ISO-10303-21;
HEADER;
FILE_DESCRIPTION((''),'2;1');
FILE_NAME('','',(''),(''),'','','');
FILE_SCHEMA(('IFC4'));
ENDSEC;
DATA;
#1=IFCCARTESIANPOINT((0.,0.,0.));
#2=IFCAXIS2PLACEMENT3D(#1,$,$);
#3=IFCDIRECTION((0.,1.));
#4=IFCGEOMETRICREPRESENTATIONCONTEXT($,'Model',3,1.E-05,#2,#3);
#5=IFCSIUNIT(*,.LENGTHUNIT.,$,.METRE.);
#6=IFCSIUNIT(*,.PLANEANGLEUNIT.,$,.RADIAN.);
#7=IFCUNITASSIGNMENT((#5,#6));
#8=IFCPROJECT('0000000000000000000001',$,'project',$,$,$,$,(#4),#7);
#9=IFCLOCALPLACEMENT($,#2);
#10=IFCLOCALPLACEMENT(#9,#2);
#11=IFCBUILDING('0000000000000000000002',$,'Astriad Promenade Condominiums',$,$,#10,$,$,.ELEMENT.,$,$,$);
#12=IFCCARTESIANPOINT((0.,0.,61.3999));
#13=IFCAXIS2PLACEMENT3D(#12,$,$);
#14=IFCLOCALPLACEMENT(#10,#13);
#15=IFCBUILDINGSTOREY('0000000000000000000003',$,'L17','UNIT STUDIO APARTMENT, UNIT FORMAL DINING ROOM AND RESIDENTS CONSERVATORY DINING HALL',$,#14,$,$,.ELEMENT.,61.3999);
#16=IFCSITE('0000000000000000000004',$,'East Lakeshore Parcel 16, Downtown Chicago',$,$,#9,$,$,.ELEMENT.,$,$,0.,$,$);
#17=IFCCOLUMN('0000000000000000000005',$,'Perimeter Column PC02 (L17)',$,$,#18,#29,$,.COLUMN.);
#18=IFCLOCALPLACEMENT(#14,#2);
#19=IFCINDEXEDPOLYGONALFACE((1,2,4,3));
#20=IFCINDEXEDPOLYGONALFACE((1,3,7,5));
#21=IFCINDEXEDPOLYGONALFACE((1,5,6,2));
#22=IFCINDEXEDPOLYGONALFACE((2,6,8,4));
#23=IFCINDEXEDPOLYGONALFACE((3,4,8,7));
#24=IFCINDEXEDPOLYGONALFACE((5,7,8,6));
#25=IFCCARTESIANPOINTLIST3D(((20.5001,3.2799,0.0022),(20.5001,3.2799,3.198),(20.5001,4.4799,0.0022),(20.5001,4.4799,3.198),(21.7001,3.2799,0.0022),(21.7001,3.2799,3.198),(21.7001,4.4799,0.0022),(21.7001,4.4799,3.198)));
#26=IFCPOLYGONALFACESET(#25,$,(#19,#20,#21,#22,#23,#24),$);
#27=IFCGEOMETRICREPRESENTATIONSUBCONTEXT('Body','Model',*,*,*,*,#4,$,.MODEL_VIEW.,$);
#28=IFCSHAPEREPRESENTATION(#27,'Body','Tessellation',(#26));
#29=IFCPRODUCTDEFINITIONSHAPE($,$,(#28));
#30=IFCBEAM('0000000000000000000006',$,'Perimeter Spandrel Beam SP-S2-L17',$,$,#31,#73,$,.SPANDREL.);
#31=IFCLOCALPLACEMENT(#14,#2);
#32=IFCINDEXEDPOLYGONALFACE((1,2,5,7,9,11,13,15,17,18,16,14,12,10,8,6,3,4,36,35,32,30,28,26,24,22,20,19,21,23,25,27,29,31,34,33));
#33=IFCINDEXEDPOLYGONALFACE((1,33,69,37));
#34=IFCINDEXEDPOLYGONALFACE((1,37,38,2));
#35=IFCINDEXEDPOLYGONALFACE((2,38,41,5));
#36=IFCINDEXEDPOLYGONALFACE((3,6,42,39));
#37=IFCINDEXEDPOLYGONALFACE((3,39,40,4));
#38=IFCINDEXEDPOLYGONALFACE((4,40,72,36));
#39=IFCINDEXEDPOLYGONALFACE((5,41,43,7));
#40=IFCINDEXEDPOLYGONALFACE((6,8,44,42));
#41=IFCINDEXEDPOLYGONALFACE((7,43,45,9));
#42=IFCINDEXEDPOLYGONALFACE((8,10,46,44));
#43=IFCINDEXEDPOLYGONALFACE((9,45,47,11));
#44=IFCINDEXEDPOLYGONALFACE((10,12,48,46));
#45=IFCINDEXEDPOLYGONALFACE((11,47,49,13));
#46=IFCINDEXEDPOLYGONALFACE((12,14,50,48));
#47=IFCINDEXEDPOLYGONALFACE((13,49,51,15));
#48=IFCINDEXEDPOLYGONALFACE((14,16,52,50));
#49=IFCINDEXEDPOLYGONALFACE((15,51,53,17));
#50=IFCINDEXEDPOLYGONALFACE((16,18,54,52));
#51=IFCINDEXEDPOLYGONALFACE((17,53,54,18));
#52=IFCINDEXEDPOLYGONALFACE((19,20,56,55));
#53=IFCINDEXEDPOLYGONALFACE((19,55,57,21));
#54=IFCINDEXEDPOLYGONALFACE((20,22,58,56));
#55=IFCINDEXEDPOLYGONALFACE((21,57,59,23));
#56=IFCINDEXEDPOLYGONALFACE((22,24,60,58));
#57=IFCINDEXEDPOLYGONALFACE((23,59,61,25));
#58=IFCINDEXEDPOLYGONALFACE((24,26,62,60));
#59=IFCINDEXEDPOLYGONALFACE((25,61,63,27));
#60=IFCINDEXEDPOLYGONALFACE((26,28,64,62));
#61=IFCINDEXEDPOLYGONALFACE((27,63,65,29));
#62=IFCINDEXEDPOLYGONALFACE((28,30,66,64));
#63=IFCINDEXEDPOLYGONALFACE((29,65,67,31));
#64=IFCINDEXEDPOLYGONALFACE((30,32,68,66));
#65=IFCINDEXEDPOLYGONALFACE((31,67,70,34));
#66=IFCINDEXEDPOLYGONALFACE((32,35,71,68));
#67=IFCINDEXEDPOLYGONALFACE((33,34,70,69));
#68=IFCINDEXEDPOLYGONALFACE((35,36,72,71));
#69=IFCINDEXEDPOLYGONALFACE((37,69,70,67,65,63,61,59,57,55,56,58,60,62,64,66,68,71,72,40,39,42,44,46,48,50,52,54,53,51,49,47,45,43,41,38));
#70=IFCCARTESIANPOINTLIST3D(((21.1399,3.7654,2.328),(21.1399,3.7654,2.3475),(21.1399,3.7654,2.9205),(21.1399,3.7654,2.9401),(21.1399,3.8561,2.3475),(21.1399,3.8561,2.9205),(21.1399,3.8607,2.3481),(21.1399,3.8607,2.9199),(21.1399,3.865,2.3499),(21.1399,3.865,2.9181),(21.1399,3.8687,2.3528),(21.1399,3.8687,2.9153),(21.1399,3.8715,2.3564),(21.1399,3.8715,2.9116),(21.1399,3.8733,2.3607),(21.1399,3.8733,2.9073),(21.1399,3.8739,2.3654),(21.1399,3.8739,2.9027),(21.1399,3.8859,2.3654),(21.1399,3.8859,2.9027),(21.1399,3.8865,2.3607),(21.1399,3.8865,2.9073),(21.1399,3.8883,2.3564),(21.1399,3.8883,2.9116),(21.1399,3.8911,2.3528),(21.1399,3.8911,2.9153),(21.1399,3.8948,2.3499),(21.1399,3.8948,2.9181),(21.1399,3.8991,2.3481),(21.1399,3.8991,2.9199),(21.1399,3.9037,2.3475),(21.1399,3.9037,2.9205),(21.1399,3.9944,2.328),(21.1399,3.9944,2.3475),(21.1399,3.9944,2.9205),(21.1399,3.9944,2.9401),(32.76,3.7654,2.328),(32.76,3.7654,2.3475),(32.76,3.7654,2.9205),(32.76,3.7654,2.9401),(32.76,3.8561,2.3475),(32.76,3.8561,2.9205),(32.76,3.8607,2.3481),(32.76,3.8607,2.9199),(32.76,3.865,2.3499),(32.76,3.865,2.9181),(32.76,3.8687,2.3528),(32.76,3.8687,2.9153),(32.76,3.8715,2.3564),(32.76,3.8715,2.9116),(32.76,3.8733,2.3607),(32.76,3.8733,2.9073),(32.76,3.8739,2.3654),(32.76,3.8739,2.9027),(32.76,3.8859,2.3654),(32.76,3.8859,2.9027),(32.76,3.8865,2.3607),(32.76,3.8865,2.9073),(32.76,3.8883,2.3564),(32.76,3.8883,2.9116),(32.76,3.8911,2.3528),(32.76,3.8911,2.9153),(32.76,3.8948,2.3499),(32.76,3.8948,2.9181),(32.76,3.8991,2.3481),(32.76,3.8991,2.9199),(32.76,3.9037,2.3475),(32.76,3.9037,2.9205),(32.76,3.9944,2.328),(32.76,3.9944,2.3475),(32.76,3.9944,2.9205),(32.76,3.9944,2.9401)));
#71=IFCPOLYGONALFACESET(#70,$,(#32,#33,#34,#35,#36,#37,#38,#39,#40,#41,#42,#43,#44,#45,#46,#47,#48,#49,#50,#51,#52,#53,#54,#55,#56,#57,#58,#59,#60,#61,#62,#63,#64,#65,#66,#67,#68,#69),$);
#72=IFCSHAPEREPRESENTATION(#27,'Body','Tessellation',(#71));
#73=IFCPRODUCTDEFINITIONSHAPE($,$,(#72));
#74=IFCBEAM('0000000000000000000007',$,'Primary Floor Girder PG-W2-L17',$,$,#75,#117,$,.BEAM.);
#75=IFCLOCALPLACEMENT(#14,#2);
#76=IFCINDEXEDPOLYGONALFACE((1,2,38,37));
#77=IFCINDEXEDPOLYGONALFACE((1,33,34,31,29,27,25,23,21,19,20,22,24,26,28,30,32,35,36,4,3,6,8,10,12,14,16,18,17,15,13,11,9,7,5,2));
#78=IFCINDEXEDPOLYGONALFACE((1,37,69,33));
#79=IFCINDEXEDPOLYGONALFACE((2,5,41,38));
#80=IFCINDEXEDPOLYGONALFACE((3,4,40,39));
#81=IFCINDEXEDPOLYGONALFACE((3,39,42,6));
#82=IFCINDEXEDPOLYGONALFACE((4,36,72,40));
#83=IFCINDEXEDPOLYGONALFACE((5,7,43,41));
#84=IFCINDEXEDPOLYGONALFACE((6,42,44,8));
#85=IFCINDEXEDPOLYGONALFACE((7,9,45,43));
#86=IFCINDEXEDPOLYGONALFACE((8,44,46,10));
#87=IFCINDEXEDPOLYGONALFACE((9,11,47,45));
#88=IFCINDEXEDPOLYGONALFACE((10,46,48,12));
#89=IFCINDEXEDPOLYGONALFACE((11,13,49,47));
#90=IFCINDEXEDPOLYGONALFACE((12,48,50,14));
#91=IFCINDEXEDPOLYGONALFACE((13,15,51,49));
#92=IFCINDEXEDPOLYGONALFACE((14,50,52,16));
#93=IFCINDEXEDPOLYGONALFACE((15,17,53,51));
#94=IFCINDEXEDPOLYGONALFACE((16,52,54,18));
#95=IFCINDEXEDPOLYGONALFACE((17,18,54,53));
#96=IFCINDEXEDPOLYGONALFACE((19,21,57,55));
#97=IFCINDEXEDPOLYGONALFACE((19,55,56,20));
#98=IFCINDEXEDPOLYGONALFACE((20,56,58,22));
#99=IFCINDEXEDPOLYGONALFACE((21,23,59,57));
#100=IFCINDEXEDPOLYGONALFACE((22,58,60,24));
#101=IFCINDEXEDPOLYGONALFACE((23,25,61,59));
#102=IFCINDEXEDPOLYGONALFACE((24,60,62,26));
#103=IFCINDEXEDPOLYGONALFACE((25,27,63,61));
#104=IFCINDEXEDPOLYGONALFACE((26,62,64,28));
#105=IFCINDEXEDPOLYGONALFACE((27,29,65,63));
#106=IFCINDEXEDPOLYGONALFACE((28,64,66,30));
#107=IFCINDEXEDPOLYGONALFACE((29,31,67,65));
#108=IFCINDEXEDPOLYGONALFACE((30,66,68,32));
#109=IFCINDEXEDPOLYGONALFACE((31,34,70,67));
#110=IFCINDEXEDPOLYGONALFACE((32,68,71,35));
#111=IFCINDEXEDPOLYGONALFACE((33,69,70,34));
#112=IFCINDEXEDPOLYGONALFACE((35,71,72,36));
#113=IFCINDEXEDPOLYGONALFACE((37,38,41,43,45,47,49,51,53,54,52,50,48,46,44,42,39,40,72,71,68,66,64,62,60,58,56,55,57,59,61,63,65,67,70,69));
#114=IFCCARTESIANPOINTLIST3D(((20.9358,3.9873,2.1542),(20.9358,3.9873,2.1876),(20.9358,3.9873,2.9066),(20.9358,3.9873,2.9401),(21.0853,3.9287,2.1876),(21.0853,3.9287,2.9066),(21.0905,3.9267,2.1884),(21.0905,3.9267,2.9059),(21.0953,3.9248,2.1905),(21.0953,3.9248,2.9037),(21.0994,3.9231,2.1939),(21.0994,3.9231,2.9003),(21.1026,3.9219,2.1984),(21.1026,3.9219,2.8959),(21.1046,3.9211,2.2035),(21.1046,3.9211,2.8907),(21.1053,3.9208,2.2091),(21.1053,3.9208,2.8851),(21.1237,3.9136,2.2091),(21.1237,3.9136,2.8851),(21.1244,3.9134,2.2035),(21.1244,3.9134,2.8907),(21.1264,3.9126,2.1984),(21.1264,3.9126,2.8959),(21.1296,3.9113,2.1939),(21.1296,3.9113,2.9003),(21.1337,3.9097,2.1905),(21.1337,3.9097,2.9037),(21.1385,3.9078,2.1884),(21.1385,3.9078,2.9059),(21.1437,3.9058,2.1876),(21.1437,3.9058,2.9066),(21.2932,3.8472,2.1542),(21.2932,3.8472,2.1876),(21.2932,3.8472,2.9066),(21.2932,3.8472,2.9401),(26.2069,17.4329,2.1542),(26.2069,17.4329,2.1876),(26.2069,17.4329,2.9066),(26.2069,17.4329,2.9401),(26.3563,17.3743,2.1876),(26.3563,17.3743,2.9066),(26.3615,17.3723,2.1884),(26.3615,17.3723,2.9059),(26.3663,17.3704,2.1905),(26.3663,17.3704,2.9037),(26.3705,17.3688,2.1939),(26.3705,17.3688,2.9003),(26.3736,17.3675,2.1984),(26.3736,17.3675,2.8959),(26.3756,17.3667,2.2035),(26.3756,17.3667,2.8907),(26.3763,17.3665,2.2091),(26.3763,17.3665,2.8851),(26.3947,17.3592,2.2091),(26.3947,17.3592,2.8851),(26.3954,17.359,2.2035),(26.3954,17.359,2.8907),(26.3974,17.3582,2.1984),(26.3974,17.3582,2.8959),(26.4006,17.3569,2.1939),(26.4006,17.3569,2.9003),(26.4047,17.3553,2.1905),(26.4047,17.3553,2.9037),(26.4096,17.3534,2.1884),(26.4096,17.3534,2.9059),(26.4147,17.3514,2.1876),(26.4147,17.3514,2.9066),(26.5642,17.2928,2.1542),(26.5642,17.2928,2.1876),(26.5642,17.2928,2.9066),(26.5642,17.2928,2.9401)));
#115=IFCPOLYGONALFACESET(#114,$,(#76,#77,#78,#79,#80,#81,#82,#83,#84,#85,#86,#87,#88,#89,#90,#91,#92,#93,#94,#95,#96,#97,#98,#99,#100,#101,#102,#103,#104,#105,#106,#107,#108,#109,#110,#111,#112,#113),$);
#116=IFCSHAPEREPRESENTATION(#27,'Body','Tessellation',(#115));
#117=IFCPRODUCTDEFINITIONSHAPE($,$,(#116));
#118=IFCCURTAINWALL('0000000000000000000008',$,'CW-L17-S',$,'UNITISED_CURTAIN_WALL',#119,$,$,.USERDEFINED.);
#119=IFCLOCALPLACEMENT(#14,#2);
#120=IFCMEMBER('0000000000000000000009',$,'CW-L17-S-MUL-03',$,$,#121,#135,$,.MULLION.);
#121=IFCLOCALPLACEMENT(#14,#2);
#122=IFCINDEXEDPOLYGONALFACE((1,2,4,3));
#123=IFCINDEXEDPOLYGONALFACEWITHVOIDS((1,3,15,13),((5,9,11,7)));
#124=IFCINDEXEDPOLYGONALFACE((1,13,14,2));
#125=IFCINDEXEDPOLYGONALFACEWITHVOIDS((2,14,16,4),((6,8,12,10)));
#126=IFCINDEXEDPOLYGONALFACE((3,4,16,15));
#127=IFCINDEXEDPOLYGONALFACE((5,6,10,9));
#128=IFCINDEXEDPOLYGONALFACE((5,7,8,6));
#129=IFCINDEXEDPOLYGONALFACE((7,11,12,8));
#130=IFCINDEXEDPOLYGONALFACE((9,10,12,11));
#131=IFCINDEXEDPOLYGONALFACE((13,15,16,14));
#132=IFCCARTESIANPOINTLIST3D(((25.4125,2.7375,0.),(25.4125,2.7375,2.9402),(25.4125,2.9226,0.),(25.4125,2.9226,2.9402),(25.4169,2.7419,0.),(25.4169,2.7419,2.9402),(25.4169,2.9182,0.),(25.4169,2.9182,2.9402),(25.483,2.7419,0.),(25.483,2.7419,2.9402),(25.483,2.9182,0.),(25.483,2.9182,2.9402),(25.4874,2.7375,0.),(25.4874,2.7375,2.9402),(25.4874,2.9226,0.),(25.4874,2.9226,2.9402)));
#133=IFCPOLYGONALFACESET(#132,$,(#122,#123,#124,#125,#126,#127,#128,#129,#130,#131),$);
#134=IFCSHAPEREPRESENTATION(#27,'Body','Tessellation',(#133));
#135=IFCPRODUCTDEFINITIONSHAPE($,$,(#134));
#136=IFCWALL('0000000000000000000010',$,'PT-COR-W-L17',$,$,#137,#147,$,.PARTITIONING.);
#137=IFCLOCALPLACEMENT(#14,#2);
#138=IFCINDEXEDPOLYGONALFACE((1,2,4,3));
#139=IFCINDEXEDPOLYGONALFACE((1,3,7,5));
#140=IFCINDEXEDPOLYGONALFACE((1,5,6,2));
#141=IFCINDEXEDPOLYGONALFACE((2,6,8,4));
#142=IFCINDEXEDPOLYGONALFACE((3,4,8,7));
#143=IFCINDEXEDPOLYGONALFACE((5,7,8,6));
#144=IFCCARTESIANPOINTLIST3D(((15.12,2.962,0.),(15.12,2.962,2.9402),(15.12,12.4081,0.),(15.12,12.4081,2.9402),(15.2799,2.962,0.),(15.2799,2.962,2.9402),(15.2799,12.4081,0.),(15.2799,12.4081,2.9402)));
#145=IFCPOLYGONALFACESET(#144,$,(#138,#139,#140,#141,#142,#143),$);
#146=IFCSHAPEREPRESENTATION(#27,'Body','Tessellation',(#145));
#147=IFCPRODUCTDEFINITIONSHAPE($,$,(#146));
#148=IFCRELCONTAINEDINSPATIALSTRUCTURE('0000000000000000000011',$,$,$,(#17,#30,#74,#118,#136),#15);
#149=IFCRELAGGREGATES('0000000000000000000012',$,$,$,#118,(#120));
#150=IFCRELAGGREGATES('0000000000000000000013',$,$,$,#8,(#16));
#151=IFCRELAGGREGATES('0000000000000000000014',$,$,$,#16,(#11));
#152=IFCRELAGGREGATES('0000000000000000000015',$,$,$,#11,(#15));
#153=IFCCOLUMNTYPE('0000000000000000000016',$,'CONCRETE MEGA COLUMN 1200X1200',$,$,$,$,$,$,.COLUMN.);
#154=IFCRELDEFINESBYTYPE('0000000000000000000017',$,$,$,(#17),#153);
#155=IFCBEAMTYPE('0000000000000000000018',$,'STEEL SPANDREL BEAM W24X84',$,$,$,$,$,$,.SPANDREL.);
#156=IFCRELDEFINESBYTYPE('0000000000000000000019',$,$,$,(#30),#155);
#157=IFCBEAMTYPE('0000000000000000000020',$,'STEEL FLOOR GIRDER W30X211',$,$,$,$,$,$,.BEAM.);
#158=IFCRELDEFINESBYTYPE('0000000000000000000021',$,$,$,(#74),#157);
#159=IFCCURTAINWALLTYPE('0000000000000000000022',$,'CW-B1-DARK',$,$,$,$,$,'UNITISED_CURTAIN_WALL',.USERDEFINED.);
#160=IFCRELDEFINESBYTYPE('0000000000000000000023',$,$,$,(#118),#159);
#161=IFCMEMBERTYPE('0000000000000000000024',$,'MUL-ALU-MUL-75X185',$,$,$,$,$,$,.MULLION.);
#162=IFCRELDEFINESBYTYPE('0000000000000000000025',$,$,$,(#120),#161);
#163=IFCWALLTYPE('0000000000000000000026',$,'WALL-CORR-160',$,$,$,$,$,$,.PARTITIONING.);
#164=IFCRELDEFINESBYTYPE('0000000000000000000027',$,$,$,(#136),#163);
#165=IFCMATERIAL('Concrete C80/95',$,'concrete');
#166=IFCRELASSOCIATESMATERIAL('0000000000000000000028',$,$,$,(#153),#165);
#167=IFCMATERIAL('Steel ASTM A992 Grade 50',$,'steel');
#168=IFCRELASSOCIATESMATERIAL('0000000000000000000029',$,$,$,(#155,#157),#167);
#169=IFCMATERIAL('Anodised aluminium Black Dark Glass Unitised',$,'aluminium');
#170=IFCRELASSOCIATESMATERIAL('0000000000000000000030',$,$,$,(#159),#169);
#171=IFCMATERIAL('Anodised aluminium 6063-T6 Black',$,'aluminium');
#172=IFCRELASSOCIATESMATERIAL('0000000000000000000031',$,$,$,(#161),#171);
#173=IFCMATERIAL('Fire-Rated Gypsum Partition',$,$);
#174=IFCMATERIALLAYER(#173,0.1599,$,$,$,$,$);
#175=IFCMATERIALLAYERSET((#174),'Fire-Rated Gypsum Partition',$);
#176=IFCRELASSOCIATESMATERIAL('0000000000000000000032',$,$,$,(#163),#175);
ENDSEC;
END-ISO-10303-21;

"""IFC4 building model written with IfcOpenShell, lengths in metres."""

from ifc_helpers import new_model, si_unit, direction, frame, frame_2d, origin, origin_2d, place, context, subcontext, project, spatial, rectangle, hollow_rectangle, i_section, extrude, source, transform, mapped, material, layer, layer_set, material_profile, profile_set, type_object, type_shapes, element, aggregate, save


model = new_model("IFC4")

# Units and contexts
model_context = context("Model", 3, precision=1e-05, world=origin(), true_north=direction((0.0, 1.0)))
body_context = subcontext(model_context, "Body", "Model", "MODEL_VIEW")
ifc_project = project(units=[si_unit("LENGTHUNIT", "METRE"), si_unit("PLANEANGLEUNIT", "RADIAN")], contexts=[model_context])

# Site, building, storey
site_placement = place(None, origin())
site = spatial("IfcSite", under=ifc_project, at=site_placement, Name="East Lakeshore Parcel 16, Downtown Chicago", CompositionType="ELEMENT", RefElevation=0.0)
building_placement = place(site_placement, origin())
building = spatial("IfcBuilding", under=site, at=building_placement, Name="Astriad Promenade Condominiums", CompositionType="ELEMENT")
storey_placement = place(building_placement, frame((0.0, 0.0, 61.3999)))
storey = spatial("IfcBuildingStorey", under=building, at=storey_placement, Name="L17", Description="UNIT STUDIO APARTMENT, UNIT FORMAL DINING ROOM AND RESIDENTS CONSERVATORY DINING HALL", CompositionType="ELEMENT", Elevation=61.3999)

# Column
ifc_material_1 = material(Name="Concrete C80/95", Category="concrete")
ifc_material_profile_1 = material_profile(ifc_material_1, rectangle(XDim=1.2, YDim=1.2, at=origin_2d()), Name="RC-COL-1200X1200")
ifc_profile_set_1 = profile_set([ifc_material_profile_1], Name="Concrete C80/95")
column_type = type_object("IfcColumnType", Name="CONCRETE MEGA COLUMN 1200X1200", PredefinedType="COLUMN", material=ifc_profile_set_1)
shared_shape_1 = source(origin(), body_context, "Body", "SweptSolid", [
    extrude(rectangle(XDim=1.2, YDim=1.2, at=origin_2d()), origin(), (0.0, 0.0, 1.0), 3.1958),
])
type_shapes(column_type, [shared_shape_1])
column_placement = place(storey_placement, frame((21.1001, 3.8799, 0.0022), z_axis=(0.0, 0.0, 1.0), x_axis=(1.0, 0.0, 0.0)))
element("IfcColumn", 1, at=column_placement, inside=storey, type_object=column_type, Name="Perimeter Column PC02 (L17)", PredefinedType="COLUMN", context=body_context, shape_type="MappedRepresentation", body=[
    mapped(shared_shape_1, transform((0.0, 0.0, 0.0), scale=1.0)),
])

# Beams
ifc_material_2 = material(Name="Steel ASTM A992 Grade 50", Category="steel")
ifc_material_profile_2 = material_profile(ifc_material_2, i_section(OverallWidth=0.229, OverallDepth=0.6121, WebThickness=0.012, FlangeThickness=0.0195, FilletRadius=0.0178, at=origin_2d()), Name="W24X84")
ifc_profile_set_2 = profile_set([ifc_material_profile_2], Name="Steel ASTM A992 Grade 50")
beam_type_1 = type_object("IfcBeamType", Name="STEEL SPANDREL BEAM W24X84", PredefinedType="SPANDREL", material=ifc_profile_set_2)
shared_shape_2 = source(origin(), body_context, "Body", "SweptSolid", [
    extrude(i_section(OverallWidth=0.229, OverallDepth=0.6121, WebThickness=0.012, FlangeThickness=0.0195, FilletRadius=0.0178, at=origin_2d()), origin(), (0.0, 0.0, 1.0), 11.6201),
])
type_shapes(beam_type_1, [shared_shape_2])
beam_1_placement = place(storey_placement, frame((21.1399, 3.8799, 2.634), z_axis=(1.0, 0.0, 0.0), x_axis=(0.0, 1.0, 0.0)))
element("IfcBeam", 2, at=beam_1_placement, inside=storey, type_object=beam_type_1, Name="Perimeter Spandrel Beam SP-S2-L17", PredefinedType="SPANDREL", context=body_context, shape_type="MappedRepresentation", body=[
    mapped(shared_shape_2, transform((0.0, 0.0, 0.0), scale=1.0)),
])
ifc_material_profile_3 = material_profile(ifc_material_2, i_section(OverallWidth=0.3838, OverallDepth=0.7859, WebThickness=0.0198, FlangeThickness=0.0334, FilletRadius=0.0215, at=origin_2d()), Name="W30X211")
ifc_profile_set_3 = profile_set([ifc_material_profile_3], Name="Steel ASTM A992 Grade 50")
beam_type_2 = type_object("IfcBeamType", Name="STEEL FLOOR GIRDER W30X211", PredefinedType="BEAM", material=ifc_profile_set_3)
shared_shape_3 = source(origin(), body_context, "Body", "SweptSolid", [
    extrude(i_section(OverallWidth=0.3838, OverallDepth=0.7859, WebThickness=0.0198, FlangeThickness=0.0334, FilletRadius=0.0215, at=origin_2d()), origin(), (0.0, 0.0, 1.0), 14.4419),
])
type_shapes(beam_type_2, [shared_shape_3])
beam_2_placement = place(storey_placement, frame((21.1145, 3.9172, 2.5471), z_axis=(0.364981, 0.931015, 0.0), x_axis=(-0.931015, 0.364981, 0.0)))
element("IfcBeam", 3, at=beam_2_placement, inside=storey, type_object=beam_type_2, Name="Primary Floor Girder PG-W2-L17", PredefinedType="BEAM", context=body_context, shape_type="MappedRepresentation", body=[
    mapped(shared_shape_3, transform((0.0, 0.0, 0.0), scale=1.0)),
])

# Curtain wall, member
ifc_material_3 = material(Name="Anodised aluminium Black Dark Glass Unitised", Category="aluminium")
curtain_wall_type = type_object("IfcCurtainWallType", Name="CW-B1-DARK", ElementType="UNITISED_CURTAIN_WALL", PredefinedType="USERDEFINED", material=ifc_material_3)
curtain_wall_placement = place(storey_placement, origin())
curtain_wall = element("IfcCurtainWall", 4, at=curtain_wall_placement, inside=storey, type_object=curtain_wall_type, Name="CW-L17-S", ObjectType="UNITISED_CURTAIN_WALL", PredefinedType="USERDEFINED")
ifc_material_4 = material(Name="Anodised aluminium 6063-T6 Black", Category="aluminium")
ifc_material_profile_4 = material_profile(ifc_material_4, hollow_rectangle(XDim=0.075, YDim=0.1851, WallThickness=0.0044, at=origin_2d()), Name="ALU-MUL-75X185")
ifc_profile_set_4 = profile_set([ifc_material_profile_4], Name="Anodised aluminium 6063-T6 Black")
member_type = type_object("IfcMemberType", Name="MUL-ALU-MUL-75X185", PredefinedType="MULLION", material=ifc_profile_set_4)
shared_shape_4 = source(origin(), body_context, "Body", "SweptSolid", [
    extrude(hollow_rectangle(XDim=0.075, YDim=0.1851, WallThickness=0.0044, at=origin_2d()), origin(), (0.0, 0.0, 1.0), 2.9402),
])
type_shapes(member_type, [shared_shape_4])
member_placement = place(storey_placement, frame((25.45, 2.8301, 0.0), z_axis=(0.0, 0.0, 1.0), x_axis=(1.0, 0.0, 0.0)))
member = element("IfcMember", 5, at=member_placement, type_object=member_type, Name="CW-L17-S-MUL-03", PredefinedType="MULLION", context=body_context, shape_type="MappedRepresentation", body=[
    mapped(shared_shape_4, transform((0.0, 0.0, 0.0), scale=1.0)),
])
aggregate(curtain_wall, [member])

# Wall
ifc_material_5 = material(Name="Fire-Rated Gypsum Partition")
ifc_layer_1 = layer(ifc_material_5, 0.1599)
ifc_layer_set_1 = layer_set([ifc_layer_1], Name="Fire-Rated Gypsum Partition")
wall_type_1 = type_object("IfcWallType", Name="WALL-CORR-160", PredefinedType="PARTITIONING", material=ifc_layer_set_1)
wall_1_placement = place(storey_placement, frame((15.2, 2.9619, 0.0), z_axis=(0.0, 0.0, 1.0), x_axis=(0.0, 1.0, 0.0)))
element("IfcWall", 6, at=wall_1_placement, inside=storey, type_object=wall_type_1, Name="PT-COR-W-L17", PredefinedType="PARTITIONING", context=body_context, shape_type="SweptSolid", body=[
    extrude(rectangle(XDim=9.446, YDim=0.1599, at=frame_2d((4.7231, 0.0))), origin(), (0.0, 0.0, 1.0), 2.9402),
])

save(model, "model.ifc")
